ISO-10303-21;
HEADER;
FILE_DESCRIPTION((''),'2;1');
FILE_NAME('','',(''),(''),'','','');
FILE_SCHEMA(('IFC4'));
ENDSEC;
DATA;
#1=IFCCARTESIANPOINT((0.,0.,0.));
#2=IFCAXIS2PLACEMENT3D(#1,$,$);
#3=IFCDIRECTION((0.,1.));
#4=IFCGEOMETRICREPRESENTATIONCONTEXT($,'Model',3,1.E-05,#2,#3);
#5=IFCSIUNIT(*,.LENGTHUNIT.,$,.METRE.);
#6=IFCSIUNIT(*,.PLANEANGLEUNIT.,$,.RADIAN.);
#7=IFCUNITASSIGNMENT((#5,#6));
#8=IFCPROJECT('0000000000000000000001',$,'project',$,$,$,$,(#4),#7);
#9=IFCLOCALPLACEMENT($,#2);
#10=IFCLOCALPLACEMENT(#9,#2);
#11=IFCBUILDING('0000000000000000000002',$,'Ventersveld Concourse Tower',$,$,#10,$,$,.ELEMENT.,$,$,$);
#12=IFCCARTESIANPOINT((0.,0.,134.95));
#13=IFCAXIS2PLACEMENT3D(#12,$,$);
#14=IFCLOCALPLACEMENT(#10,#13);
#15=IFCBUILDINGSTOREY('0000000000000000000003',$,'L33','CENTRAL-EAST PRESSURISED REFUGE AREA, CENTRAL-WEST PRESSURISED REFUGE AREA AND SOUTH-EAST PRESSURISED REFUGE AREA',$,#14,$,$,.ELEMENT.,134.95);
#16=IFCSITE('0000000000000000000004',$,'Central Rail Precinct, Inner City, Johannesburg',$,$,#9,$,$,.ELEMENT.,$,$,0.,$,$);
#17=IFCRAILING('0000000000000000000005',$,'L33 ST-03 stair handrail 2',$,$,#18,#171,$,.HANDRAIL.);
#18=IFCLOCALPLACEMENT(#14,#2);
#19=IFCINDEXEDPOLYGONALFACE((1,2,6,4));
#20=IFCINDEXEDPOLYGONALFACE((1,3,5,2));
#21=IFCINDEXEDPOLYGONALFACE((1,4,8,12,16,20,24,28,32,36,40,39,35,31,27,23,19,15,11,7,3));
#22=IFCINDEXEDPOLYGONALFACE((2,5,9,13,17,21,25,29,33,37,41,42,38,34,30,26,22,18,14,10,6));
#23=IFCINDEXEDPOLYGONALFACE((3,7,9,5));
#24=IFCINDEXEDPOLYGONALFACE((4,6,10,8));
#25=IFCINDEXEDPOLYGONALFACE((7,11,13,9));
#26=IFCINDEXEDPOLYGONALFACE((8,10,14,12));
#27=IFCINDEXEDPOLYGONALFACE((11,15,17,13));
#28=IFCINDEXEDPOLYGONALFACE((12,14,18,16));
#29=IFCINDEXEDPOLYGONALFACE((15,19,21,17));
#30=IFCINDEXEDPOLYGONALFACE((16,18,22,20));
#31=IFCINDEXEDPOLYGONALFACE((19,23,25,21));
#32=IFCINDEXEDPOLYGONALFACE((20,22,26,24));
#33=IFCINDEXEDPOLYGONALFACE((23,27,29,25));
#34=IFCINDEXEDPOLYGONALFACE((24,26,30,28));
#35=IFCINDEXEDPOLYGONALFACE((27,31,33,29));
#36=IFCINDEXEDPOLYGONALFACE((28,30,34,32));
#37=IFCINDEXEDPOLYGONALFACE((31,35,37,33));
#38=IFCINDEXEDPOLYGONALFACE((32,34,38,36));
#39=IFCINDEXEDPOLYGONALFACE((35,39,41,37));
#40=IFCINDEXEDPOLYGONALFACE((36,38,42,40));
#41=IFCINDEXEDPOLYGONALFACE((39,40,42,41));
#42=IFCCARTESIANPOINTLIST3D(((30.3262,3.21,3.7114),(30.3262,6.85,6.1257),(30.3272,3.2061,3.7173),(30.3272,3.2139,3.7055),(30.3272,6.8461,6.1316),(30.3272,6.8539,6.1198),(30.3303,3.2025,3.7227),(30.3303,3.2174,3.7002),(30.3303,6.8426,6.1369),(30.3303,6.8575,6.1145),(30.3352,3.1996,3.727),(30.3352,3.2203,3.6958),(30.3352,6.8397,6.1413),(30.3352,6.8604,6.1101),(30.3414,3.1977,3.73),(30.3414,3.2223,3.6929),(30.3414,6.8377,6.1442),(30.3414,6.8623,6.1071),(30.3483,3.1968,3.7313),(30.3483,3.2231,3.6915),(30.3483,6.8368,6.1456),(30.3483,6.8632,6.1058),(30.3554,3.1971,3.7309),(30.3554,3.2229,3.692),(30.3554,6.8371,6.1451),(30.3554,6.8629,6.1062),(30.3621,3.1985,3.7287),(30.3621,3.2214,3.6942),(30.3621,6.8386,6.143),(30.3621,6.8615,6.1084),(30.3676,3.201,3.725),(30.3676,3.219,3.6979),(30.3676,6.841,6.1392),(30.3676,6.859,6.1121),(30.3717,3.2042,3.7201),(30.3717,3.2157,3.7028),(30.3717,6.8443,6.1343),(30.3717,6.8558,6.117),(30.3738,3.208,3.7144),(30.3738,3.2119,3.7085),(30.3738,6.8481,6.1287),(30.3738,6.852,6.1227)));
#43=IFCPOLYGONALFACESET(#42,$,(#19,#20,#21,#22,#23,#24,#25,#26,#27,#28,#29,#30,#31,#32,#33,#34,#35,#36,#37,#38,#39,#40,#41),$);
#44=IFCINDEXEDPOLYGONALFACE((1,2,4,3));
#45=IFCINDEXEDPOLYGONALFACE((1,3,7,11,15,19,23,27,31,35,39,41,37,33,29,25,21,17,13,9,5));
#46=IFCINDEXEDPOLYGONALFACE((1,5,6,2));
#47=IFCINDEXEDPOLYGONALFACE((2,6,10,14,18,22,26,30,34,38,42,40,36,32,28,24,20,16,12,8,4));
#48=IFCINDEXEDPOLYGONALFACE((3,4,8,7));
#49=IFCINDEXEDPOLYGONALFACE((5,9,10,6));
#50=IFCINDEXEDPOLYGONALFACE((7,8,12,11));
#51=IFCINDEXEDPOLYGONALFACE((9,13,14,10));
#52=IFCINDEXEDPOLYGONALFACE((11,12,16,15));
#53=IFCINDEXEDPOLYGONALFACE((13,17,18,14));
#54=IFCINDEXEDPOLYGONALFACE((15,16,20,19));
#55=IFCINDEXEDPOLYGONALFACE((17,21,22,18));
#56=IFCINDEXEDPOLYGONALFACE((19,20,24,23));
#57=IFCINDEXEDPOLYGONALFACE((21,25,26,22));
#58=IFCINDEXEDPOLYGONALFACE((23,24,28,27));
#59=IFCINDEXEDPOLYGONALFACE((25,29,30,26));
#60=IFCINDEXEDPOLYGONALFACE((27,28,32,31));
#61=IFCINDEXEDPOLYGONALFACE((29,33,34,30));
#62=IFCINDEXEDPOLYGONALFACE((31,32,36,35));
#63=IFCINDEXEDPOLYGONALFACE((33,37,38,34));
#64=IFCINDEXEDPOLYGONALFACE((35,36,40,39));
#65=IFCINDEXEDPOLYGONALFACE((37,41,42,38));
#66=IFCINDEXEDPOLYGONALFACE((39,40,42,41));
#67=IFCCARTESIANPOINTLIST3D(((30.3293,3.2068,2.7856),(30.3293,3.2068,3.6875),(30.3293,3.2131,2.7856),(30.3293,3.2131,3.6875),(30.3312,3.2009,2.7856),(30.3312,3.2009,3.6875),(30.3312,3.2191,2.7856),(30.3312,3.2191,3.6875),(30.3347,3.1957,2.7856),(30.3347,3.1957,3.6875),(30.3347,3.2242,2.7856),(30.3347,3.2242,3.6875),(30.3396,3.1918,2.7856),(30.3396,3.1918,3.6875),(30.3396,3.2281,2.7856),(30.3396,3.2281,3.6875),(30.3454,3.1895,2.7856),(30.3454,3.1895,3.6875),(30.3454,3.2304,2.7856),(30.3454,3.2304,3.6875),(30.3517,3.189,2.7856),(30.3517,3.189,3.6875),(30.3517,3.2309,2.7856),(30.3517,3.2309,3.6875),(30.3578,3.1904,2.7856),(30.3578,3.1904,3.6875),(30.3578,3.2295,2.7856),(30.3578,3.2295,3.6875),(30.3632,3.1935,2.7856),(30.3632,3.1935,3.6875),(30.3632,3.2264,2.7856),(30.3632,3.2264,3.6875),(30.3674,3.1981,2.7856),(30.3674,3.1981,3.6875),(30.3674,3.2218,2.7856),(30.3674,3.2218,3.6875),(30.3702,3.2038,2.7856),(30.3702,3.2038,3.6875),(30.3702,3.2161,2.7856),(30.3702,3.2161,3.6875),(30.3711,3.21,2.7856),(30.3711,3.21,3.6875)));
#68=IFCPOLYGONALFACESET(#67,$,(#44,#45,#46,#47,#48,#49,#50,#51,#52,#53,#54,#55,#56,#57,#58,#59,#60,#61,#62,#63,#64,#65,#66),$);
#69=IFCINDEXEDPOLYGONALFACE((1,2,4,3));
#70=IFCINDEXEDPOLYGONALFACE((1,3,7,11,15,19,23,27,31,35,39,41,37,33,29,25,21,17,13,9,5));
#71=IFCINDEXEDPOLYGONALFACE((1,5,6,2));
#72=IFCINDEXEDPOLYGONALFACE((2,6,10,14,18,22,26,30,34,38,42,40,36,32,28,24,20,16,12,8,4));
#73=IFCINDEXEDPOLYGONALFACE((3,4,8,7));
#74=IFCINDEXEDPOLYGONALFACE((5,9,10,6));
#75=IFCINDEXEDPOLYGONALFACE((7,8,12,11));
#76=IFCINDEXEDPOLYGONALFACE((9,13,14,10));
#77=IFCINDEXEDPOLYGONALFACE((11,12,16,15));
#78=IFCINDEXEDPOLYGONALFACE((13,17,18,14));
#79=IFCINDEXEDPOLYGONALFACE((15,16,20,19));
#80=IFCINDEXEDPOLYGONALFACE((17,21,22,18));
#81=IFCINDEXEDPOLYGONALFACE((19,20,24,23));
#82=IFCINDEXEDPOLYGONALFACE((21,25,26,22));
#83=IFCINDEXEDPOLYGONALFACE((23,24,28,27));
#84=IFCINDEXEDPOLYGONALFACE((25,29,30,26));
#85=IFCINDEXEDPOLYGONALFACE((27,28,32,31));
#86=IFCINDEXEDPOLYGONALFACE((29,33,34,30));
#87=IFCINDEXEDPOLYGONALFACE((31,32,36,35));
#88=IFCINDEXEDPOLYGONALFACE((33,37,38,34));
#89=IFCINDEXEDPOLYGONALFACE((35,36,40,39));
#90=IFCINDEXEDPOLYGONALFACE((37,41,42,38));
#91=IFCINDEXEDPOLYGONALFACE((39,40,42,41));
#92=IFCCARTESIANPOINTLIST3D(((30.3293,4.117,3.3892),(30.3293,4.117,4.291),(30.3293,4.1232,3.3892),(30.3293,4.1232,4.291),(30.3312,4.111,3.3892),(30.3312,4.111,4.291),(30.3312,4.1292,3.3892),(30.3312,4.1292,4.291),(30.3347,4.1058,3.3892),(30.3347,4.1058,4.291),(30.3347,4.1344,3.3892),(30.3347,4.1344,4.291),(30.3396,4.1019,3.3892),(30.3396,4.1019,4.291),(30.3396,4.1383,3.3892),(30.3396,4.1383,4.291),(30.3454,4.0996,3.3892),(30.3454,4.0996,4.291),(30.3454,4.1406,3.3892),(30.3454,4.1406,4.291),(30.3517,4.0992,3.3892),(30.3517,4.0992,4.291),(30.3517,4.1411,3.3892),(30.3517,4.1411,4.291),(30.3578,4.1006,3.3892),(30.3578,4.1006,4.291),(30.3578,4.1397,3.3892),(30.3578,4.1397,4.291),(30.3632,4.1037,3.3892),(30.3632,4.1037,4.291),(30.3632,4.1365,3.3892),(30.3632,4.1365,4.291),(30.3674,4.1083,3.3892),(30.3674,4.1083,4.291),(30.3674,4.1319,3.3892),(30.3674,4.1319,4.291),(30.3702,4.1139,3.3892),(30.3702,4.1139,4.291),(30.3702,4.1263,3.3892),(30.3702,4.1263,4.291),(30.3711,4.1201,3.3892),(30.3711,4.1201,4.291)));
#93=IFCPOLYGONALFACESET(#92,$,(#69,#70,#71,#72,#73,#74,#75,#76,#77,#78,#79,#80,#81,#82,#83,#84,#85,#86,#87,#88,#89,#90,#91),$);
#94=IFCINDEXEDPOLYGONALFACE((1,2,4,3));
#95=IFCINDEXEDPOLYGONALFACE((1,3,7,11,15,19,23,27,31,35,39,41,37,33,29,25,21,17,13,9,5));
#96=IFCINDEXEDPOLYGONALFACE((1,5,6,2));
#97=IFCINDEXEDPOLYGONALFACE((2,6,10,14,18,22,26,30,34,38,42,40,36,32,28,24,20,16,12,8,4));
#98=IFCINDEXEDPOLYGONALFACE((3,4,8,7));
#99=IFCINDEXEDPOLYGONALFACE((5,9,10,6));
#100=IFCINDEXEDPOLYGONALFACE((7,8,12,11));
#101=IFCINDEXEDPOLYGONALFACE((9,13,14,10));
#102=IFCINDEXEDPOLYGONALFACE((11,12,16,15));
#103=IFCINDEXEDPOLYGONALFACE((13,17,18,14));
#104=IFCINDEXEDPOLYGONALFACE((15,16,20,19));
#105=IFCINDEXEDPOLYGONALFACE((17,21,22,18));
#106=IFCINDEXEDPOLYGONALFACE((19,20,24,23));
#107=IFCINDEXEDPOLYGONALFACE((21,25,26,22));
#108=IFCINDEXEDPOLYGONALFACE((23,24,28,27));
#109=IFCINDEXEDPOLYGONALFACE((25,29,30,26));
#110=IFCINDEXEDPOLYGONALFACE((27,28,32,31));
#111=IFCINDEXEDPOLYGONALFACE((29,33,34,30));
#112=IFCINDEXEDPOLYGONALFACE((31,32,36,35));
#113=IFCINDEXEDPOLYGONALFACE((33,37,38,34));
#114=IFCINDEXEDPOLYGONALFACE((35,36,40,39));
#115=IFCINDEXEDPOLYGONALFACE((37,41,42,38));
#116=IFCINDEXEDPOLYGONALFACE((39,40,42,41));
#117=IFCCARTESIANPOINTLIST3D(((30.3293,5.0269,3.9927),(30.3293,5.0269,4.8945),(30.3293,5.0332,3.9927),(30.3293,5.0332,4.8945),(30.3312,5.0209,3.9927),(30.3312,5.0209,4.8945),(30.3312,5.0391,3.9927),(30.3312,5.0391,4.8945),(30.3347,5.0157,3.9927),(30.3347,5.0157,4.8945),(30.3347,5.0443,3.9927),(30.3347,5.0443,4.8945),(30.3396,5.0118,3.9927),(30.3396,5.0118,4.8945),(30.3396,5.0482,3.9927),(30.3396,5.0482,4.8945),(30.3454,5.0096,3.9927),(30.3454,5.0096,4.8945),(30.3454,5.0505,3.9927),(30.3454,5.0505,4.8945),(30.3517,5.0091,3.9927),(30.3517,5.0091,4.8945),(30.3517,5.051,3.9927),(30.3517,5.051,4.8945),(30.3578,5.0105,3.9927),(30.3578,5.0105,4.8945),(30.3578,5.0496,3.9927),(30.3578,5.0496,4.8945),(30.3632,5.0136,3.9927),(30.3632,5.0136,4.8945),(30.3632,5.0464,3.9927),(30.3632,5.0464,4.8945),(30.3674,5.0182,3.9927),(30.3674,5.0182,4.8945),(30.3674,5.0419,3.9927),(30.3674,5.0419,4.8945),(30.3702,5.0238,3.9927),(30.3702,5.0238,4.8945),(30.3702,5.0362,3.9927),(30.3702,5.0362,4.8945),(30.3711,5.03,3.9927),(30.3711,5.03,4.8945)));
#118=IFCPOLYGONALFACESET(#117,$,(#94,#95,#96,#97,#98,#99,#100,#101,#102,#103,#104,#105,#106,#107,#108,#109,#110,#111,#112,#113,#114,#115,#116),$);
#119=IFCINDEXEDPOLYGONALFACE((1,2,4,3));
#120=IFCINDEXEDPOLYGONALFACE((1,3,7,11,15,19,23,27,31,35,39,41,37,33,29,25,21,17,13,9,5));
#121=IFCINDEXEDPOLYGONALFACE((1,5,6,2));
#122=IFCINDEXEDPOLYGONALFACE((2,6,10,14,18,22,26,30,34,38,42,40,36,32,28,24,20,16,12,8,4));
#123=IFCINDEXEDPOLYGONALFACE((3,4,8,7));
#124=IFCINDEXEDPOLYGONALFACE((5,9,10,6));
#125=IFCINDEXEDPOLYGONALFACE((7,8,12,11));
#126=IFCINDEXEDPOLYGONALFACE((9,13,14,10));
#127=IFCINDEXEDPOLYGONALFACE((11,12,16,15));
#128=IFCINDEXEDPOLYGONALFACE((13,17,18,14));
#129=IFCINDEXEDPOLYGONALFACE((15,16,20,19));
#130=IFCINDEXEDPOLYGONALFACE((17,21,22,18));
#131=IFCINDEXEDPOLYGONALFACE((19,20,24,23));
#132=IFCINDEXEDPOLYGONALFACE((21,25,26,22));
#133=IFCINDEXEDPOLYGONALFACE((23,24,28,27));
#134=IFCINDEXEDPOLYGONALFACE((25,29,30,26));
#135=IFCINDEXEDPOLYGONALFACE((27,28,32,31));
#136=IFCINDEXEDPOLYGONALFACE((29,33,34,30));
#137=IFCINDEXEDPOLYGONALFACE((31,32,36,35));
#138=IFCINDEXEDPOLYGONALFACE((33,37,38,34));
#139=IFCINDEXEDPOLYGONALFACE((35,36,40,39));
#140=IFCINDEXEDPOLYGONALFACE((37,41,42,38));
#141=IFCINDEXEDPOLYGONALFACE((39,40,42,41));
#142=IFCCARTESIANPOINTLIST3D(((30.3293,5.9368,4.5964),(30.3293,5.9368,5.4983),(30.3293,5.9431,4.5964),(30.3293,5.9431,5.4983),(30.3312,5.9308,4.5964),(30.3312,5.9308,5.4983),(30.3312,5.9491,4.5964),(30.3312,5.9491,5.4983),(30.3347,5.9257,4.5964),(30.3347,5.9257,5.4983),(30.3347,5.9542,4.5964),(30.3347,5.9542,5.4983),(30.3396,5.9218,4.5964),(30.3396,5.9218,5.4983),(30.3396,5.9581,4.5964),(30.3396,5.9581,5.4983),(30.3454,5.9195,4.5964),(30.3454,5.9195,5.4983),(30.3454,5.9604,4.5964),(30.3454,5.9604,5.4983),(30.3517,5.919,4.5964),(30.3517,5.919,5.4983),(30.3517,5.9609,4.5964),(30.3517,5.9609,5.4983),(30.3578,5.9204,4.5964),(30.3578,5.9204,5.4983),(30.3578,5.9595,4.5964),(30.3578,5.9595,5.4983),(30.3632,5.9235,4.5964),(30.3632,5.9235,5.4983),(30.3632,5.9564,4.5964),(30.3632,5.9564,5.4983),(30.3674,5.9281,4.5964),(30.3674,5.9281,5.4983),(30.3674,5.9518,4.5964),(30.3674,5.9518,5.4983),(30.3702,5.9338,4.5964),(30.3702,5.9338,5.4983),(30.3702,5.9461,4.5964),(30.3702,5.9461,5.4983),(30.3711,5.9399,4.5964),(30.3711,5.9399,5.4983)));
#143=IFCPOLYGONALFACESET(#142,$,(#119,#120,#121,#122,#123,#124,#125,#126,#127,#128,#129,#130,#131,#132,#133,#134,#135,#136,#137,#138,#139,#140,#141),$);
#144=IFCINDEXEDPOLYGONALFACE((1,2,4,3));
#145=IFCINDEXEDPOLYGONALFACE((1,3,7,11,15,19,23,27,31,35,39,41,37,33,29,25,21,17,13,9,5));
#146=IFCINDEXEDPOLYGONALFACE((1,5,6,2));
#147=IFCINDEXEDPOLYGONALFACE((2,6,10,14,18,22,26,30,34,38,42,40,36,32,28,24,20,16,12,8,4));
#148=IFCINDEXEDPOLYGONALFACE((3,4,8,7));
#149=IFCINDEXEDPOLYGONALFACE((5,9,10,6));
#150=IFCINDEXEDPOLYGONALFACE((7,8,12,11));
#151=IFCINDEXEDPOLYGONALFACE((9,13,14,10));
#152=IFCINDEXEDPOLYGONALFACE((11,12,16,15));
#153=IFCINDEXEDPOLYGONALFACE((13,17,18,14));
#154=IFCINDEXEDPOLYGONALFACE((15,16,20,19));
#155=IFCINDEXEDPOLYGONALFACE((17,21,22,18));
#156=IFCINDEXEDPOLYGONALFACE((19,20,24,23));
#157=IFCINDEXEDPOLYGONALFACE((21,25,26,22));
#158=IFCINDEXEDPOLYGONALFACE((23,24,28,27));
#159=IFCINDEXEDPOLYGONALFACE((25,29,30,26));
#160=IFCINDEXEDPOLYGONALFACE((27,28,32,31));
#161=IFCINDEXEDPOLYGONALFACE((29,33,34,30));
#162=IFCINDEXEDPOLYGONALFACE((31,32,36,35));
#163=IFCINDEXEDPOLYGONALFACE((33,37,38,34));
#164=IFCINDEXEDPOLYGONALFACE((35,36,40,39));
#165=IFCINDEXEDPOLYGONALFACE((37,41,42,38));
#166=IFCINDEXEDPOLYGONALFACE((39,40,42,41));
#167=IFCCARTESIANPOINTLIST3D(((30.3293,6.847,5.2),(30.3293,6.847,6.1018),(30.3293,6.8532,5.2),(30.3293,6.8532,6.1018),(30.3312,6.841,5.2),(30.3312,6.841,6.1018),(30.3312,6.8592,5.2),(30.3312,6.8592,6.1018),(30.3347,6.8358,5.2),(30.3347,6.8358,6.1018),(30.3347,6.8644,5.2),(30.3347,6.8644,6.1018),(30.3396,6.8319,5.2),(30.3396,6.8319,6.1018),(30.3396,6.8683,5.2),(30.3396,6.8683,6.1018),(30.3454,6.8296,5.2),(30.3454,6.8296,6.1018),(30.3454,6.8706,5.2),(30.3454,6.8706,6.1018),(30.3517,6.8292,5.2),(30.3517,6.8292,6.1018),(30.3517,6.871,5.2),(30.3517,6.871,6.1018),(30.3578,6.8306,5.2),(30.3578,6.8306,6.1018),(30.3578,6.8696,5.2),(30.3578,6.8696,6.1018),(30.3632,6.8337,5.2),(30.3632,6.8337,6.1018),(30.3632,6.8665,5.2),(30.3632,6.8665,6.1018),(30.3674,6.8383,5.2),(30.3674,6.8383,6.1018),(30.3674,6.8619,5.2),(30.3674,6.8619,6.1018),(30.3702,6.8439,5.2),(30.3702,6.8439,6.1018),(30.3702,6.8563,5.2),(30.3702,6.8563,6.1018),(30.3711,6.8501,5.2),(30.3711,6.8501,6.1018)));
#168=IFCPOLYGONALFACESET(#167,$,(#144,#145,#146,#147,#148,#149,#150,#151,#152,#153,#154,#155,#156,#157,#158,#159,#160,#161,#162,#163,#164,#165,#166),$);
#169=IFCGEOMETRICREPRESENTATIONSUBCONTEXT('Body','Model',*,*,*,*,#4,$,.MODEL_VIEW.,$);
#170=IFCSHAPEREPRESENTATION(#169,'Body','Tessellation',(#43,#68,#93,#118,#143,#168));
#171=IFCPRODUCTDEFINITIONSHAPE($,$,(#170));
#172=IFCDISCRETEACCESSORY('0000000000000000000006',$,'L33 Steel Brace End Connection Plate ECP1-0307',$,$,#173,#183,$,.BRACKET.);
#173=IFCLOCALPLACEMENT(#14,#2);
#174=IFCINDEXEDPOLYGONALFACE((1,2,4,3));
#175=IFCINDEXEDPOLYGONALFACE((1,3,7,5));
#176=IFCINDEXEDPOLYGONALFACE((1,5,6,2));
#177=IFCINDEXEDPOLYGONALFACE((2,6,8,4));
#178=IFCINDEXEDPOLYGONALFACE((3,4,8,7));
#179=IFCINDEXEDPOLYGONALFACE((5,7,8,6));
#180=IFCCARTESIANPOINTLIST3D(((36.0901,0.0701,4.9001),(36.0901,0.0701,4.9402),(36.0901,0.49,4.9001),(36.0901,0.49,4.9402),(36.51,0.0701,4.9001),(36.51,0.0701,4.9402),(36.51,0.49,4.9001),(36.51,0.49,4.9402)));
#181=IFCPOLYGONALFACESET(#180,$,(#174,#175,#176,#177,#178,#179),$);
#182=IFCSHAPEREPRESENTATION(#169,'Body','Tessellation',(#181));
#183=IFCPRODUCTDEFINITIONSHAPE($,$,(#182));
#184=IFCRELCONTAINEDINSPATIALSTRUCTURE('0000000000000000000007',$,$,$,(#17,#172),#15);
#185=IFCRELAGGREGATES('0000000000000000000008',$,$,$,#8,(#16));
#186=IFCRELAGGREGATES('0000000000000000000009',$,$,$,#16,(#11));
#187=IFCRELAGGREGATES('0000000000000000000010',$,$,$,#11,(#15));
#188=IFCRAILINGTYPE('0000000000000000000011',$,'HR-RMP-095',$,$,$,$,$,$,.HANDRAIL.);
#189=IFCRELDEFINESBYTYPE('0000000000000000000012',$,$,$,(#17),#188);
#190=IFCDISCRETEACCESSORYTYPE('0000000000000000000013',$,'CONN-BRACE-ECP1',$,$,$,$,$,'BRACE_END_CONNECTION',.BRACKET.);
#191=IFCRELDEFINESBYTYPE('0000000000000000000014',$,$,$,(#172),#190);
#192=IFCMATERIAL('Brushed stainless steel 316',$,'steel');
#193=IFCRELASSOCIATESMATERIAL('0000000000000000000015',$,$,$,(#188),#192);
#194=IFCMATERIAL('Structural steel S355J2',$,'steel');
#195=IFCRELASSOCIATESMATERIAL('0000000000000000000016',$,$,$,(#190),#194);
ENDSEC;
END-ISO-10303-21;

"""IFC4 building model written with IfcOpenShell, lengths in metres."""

from ifc_helpers import new_model, si_unit, direction, frame, origin, origin_2d, place, context, subcontext, project, spatial, rectangle, circle, extrude, material, type_object, element, save


model = new_model("IFC4")

# Units and contexts
model_context = context("Model", 3, precision=1e-05, world=origin(), true_north=direction((0.0, 1.0)))
body_context = subcontext(model_context, "Body", "Model", "MODEL_VIEW")
ifc_project = project(units=[si_unit("LENGTHUNIT", "METRE"), si_unit("PLANEANGLEUNIT", "RADIAN")], contexts=[model_context])

# Site, building, storey
site_placement = place(None, origin())
site = spatial("IfcSite", under=ifc_project, at=site_placement, Name="Central Rail Precinct, Inner City, Johannesburg", CompositionType="ELEMENT", RefElevation=0.0)
building_placement = place(site_placement, origin())
building = spatial("IfcBuilding", under=site, at=building_placement, Name="Ventersveld Concourse Tower", CompositionType="ELEMENT")
storey_placement = place(building_placement, frame((0.0, 0.0, 134.95)))
storey = spatial("IfcBuildingStorey", under=building, at=storey_placement, Name="L33", Description="CENTRAL-EAST PRESSURISED REFUGE AREA, CENTRAL-WEST PRESSURISED REFUGE AREA AND SOUTH-EAST PRESSURISED REFUGE AREA", CompositionType="ELEMENT", Elevation=134.95)

# Shared definitions
ifc_material_1 = material(Name="Structural steel S355J2", Category="steel")

# Railing
ifc_material_2 = material(Name="Brushed stainless steel 316", Category="steel")
railing_type_1 = type_object("IfcRailingType", Name="HR-RMP-095", PredefinedType="HANDRAIL", material=ifc_material_2)
railing_1_placement = place(storey_placement, frame((30.3501, 3.21, 2.7856)))
element("IfcRailing", 1, at=railing_1_placement, inside=storey, type_object=railing_type_1, Name="L33 ST-03 stair handrail 2", PredefinedType="HANDRAIL", context=body_context, shape_type="SweptSolid", body=[
    extrude(circle(Radius=0.0239, at=origin_2d()), frame((0.0, 0.0, 0.9258), z_axis=(0.0, 0.833364, 0.552725), x_axis=(-1.0, 0.0, 0.0)), (0.0, 0.0, 1.0), 4.3679),
    extrude(circle(Radius=0.021, at=origin_2d()), origin(), (0.0, 0.0, 1.0), 0.9019),
    extrude(circle(Radius=0.021, at=origin_2d()), frame((0.0, 0.9102, 0.6035)), (0.0, 0.0, 1.0), 0.9019),
    extrude(circle(Radius=0.021, at=origin_2d()), frame((0.0, 1.8201, 1.207)), (0.0, 0.0, 1.0), 0.9019),
    extrude(circle(Radius=0.021, at=origin_2d()), frame((0.0, 2.73, 1.8108)), (0.0, 0.0, 1.0), 0.9019),
    extrude(circle(Radius=0.021, at=origin_2d()), frame((0.0, 3.6401, 2.4143)), (0.0, 0.0, 1.0), 0.9019),
])

# Discrete accessory
discrete_accessory_type = type_object("IfcDiscreteAccessoryType", Name="CONN-BRACE-ECP1", ElementType="BRACE_END_CONNECTION", PredefinedType="BRACKET", material=ifc_material_1)
discrete_accessory_placement = place(storey_placement, frame((36.3, 0.28, 4.9001), z_axis=(0.0, 0.0, 1.0), x_axis=(1.0, 0.0, 0.0)))
element("IfcDiscreteAccessory", 2, at=discrete_accessory_placement, inside=storey, type_object=discrete_accessory_type, Name="L33 Steel Brace End Connection Plate ECP1-0307", PredefinedType="BRACKET", context=body_context, shape_type="SweptSolid", body=[
    extrude(rectangle(XDim=0.4199, YDim=0.4199, at=origin_2d()), origin(), (0.0, 0.0, 1.0), 0.04),
])

save(model, "model.ifc")
